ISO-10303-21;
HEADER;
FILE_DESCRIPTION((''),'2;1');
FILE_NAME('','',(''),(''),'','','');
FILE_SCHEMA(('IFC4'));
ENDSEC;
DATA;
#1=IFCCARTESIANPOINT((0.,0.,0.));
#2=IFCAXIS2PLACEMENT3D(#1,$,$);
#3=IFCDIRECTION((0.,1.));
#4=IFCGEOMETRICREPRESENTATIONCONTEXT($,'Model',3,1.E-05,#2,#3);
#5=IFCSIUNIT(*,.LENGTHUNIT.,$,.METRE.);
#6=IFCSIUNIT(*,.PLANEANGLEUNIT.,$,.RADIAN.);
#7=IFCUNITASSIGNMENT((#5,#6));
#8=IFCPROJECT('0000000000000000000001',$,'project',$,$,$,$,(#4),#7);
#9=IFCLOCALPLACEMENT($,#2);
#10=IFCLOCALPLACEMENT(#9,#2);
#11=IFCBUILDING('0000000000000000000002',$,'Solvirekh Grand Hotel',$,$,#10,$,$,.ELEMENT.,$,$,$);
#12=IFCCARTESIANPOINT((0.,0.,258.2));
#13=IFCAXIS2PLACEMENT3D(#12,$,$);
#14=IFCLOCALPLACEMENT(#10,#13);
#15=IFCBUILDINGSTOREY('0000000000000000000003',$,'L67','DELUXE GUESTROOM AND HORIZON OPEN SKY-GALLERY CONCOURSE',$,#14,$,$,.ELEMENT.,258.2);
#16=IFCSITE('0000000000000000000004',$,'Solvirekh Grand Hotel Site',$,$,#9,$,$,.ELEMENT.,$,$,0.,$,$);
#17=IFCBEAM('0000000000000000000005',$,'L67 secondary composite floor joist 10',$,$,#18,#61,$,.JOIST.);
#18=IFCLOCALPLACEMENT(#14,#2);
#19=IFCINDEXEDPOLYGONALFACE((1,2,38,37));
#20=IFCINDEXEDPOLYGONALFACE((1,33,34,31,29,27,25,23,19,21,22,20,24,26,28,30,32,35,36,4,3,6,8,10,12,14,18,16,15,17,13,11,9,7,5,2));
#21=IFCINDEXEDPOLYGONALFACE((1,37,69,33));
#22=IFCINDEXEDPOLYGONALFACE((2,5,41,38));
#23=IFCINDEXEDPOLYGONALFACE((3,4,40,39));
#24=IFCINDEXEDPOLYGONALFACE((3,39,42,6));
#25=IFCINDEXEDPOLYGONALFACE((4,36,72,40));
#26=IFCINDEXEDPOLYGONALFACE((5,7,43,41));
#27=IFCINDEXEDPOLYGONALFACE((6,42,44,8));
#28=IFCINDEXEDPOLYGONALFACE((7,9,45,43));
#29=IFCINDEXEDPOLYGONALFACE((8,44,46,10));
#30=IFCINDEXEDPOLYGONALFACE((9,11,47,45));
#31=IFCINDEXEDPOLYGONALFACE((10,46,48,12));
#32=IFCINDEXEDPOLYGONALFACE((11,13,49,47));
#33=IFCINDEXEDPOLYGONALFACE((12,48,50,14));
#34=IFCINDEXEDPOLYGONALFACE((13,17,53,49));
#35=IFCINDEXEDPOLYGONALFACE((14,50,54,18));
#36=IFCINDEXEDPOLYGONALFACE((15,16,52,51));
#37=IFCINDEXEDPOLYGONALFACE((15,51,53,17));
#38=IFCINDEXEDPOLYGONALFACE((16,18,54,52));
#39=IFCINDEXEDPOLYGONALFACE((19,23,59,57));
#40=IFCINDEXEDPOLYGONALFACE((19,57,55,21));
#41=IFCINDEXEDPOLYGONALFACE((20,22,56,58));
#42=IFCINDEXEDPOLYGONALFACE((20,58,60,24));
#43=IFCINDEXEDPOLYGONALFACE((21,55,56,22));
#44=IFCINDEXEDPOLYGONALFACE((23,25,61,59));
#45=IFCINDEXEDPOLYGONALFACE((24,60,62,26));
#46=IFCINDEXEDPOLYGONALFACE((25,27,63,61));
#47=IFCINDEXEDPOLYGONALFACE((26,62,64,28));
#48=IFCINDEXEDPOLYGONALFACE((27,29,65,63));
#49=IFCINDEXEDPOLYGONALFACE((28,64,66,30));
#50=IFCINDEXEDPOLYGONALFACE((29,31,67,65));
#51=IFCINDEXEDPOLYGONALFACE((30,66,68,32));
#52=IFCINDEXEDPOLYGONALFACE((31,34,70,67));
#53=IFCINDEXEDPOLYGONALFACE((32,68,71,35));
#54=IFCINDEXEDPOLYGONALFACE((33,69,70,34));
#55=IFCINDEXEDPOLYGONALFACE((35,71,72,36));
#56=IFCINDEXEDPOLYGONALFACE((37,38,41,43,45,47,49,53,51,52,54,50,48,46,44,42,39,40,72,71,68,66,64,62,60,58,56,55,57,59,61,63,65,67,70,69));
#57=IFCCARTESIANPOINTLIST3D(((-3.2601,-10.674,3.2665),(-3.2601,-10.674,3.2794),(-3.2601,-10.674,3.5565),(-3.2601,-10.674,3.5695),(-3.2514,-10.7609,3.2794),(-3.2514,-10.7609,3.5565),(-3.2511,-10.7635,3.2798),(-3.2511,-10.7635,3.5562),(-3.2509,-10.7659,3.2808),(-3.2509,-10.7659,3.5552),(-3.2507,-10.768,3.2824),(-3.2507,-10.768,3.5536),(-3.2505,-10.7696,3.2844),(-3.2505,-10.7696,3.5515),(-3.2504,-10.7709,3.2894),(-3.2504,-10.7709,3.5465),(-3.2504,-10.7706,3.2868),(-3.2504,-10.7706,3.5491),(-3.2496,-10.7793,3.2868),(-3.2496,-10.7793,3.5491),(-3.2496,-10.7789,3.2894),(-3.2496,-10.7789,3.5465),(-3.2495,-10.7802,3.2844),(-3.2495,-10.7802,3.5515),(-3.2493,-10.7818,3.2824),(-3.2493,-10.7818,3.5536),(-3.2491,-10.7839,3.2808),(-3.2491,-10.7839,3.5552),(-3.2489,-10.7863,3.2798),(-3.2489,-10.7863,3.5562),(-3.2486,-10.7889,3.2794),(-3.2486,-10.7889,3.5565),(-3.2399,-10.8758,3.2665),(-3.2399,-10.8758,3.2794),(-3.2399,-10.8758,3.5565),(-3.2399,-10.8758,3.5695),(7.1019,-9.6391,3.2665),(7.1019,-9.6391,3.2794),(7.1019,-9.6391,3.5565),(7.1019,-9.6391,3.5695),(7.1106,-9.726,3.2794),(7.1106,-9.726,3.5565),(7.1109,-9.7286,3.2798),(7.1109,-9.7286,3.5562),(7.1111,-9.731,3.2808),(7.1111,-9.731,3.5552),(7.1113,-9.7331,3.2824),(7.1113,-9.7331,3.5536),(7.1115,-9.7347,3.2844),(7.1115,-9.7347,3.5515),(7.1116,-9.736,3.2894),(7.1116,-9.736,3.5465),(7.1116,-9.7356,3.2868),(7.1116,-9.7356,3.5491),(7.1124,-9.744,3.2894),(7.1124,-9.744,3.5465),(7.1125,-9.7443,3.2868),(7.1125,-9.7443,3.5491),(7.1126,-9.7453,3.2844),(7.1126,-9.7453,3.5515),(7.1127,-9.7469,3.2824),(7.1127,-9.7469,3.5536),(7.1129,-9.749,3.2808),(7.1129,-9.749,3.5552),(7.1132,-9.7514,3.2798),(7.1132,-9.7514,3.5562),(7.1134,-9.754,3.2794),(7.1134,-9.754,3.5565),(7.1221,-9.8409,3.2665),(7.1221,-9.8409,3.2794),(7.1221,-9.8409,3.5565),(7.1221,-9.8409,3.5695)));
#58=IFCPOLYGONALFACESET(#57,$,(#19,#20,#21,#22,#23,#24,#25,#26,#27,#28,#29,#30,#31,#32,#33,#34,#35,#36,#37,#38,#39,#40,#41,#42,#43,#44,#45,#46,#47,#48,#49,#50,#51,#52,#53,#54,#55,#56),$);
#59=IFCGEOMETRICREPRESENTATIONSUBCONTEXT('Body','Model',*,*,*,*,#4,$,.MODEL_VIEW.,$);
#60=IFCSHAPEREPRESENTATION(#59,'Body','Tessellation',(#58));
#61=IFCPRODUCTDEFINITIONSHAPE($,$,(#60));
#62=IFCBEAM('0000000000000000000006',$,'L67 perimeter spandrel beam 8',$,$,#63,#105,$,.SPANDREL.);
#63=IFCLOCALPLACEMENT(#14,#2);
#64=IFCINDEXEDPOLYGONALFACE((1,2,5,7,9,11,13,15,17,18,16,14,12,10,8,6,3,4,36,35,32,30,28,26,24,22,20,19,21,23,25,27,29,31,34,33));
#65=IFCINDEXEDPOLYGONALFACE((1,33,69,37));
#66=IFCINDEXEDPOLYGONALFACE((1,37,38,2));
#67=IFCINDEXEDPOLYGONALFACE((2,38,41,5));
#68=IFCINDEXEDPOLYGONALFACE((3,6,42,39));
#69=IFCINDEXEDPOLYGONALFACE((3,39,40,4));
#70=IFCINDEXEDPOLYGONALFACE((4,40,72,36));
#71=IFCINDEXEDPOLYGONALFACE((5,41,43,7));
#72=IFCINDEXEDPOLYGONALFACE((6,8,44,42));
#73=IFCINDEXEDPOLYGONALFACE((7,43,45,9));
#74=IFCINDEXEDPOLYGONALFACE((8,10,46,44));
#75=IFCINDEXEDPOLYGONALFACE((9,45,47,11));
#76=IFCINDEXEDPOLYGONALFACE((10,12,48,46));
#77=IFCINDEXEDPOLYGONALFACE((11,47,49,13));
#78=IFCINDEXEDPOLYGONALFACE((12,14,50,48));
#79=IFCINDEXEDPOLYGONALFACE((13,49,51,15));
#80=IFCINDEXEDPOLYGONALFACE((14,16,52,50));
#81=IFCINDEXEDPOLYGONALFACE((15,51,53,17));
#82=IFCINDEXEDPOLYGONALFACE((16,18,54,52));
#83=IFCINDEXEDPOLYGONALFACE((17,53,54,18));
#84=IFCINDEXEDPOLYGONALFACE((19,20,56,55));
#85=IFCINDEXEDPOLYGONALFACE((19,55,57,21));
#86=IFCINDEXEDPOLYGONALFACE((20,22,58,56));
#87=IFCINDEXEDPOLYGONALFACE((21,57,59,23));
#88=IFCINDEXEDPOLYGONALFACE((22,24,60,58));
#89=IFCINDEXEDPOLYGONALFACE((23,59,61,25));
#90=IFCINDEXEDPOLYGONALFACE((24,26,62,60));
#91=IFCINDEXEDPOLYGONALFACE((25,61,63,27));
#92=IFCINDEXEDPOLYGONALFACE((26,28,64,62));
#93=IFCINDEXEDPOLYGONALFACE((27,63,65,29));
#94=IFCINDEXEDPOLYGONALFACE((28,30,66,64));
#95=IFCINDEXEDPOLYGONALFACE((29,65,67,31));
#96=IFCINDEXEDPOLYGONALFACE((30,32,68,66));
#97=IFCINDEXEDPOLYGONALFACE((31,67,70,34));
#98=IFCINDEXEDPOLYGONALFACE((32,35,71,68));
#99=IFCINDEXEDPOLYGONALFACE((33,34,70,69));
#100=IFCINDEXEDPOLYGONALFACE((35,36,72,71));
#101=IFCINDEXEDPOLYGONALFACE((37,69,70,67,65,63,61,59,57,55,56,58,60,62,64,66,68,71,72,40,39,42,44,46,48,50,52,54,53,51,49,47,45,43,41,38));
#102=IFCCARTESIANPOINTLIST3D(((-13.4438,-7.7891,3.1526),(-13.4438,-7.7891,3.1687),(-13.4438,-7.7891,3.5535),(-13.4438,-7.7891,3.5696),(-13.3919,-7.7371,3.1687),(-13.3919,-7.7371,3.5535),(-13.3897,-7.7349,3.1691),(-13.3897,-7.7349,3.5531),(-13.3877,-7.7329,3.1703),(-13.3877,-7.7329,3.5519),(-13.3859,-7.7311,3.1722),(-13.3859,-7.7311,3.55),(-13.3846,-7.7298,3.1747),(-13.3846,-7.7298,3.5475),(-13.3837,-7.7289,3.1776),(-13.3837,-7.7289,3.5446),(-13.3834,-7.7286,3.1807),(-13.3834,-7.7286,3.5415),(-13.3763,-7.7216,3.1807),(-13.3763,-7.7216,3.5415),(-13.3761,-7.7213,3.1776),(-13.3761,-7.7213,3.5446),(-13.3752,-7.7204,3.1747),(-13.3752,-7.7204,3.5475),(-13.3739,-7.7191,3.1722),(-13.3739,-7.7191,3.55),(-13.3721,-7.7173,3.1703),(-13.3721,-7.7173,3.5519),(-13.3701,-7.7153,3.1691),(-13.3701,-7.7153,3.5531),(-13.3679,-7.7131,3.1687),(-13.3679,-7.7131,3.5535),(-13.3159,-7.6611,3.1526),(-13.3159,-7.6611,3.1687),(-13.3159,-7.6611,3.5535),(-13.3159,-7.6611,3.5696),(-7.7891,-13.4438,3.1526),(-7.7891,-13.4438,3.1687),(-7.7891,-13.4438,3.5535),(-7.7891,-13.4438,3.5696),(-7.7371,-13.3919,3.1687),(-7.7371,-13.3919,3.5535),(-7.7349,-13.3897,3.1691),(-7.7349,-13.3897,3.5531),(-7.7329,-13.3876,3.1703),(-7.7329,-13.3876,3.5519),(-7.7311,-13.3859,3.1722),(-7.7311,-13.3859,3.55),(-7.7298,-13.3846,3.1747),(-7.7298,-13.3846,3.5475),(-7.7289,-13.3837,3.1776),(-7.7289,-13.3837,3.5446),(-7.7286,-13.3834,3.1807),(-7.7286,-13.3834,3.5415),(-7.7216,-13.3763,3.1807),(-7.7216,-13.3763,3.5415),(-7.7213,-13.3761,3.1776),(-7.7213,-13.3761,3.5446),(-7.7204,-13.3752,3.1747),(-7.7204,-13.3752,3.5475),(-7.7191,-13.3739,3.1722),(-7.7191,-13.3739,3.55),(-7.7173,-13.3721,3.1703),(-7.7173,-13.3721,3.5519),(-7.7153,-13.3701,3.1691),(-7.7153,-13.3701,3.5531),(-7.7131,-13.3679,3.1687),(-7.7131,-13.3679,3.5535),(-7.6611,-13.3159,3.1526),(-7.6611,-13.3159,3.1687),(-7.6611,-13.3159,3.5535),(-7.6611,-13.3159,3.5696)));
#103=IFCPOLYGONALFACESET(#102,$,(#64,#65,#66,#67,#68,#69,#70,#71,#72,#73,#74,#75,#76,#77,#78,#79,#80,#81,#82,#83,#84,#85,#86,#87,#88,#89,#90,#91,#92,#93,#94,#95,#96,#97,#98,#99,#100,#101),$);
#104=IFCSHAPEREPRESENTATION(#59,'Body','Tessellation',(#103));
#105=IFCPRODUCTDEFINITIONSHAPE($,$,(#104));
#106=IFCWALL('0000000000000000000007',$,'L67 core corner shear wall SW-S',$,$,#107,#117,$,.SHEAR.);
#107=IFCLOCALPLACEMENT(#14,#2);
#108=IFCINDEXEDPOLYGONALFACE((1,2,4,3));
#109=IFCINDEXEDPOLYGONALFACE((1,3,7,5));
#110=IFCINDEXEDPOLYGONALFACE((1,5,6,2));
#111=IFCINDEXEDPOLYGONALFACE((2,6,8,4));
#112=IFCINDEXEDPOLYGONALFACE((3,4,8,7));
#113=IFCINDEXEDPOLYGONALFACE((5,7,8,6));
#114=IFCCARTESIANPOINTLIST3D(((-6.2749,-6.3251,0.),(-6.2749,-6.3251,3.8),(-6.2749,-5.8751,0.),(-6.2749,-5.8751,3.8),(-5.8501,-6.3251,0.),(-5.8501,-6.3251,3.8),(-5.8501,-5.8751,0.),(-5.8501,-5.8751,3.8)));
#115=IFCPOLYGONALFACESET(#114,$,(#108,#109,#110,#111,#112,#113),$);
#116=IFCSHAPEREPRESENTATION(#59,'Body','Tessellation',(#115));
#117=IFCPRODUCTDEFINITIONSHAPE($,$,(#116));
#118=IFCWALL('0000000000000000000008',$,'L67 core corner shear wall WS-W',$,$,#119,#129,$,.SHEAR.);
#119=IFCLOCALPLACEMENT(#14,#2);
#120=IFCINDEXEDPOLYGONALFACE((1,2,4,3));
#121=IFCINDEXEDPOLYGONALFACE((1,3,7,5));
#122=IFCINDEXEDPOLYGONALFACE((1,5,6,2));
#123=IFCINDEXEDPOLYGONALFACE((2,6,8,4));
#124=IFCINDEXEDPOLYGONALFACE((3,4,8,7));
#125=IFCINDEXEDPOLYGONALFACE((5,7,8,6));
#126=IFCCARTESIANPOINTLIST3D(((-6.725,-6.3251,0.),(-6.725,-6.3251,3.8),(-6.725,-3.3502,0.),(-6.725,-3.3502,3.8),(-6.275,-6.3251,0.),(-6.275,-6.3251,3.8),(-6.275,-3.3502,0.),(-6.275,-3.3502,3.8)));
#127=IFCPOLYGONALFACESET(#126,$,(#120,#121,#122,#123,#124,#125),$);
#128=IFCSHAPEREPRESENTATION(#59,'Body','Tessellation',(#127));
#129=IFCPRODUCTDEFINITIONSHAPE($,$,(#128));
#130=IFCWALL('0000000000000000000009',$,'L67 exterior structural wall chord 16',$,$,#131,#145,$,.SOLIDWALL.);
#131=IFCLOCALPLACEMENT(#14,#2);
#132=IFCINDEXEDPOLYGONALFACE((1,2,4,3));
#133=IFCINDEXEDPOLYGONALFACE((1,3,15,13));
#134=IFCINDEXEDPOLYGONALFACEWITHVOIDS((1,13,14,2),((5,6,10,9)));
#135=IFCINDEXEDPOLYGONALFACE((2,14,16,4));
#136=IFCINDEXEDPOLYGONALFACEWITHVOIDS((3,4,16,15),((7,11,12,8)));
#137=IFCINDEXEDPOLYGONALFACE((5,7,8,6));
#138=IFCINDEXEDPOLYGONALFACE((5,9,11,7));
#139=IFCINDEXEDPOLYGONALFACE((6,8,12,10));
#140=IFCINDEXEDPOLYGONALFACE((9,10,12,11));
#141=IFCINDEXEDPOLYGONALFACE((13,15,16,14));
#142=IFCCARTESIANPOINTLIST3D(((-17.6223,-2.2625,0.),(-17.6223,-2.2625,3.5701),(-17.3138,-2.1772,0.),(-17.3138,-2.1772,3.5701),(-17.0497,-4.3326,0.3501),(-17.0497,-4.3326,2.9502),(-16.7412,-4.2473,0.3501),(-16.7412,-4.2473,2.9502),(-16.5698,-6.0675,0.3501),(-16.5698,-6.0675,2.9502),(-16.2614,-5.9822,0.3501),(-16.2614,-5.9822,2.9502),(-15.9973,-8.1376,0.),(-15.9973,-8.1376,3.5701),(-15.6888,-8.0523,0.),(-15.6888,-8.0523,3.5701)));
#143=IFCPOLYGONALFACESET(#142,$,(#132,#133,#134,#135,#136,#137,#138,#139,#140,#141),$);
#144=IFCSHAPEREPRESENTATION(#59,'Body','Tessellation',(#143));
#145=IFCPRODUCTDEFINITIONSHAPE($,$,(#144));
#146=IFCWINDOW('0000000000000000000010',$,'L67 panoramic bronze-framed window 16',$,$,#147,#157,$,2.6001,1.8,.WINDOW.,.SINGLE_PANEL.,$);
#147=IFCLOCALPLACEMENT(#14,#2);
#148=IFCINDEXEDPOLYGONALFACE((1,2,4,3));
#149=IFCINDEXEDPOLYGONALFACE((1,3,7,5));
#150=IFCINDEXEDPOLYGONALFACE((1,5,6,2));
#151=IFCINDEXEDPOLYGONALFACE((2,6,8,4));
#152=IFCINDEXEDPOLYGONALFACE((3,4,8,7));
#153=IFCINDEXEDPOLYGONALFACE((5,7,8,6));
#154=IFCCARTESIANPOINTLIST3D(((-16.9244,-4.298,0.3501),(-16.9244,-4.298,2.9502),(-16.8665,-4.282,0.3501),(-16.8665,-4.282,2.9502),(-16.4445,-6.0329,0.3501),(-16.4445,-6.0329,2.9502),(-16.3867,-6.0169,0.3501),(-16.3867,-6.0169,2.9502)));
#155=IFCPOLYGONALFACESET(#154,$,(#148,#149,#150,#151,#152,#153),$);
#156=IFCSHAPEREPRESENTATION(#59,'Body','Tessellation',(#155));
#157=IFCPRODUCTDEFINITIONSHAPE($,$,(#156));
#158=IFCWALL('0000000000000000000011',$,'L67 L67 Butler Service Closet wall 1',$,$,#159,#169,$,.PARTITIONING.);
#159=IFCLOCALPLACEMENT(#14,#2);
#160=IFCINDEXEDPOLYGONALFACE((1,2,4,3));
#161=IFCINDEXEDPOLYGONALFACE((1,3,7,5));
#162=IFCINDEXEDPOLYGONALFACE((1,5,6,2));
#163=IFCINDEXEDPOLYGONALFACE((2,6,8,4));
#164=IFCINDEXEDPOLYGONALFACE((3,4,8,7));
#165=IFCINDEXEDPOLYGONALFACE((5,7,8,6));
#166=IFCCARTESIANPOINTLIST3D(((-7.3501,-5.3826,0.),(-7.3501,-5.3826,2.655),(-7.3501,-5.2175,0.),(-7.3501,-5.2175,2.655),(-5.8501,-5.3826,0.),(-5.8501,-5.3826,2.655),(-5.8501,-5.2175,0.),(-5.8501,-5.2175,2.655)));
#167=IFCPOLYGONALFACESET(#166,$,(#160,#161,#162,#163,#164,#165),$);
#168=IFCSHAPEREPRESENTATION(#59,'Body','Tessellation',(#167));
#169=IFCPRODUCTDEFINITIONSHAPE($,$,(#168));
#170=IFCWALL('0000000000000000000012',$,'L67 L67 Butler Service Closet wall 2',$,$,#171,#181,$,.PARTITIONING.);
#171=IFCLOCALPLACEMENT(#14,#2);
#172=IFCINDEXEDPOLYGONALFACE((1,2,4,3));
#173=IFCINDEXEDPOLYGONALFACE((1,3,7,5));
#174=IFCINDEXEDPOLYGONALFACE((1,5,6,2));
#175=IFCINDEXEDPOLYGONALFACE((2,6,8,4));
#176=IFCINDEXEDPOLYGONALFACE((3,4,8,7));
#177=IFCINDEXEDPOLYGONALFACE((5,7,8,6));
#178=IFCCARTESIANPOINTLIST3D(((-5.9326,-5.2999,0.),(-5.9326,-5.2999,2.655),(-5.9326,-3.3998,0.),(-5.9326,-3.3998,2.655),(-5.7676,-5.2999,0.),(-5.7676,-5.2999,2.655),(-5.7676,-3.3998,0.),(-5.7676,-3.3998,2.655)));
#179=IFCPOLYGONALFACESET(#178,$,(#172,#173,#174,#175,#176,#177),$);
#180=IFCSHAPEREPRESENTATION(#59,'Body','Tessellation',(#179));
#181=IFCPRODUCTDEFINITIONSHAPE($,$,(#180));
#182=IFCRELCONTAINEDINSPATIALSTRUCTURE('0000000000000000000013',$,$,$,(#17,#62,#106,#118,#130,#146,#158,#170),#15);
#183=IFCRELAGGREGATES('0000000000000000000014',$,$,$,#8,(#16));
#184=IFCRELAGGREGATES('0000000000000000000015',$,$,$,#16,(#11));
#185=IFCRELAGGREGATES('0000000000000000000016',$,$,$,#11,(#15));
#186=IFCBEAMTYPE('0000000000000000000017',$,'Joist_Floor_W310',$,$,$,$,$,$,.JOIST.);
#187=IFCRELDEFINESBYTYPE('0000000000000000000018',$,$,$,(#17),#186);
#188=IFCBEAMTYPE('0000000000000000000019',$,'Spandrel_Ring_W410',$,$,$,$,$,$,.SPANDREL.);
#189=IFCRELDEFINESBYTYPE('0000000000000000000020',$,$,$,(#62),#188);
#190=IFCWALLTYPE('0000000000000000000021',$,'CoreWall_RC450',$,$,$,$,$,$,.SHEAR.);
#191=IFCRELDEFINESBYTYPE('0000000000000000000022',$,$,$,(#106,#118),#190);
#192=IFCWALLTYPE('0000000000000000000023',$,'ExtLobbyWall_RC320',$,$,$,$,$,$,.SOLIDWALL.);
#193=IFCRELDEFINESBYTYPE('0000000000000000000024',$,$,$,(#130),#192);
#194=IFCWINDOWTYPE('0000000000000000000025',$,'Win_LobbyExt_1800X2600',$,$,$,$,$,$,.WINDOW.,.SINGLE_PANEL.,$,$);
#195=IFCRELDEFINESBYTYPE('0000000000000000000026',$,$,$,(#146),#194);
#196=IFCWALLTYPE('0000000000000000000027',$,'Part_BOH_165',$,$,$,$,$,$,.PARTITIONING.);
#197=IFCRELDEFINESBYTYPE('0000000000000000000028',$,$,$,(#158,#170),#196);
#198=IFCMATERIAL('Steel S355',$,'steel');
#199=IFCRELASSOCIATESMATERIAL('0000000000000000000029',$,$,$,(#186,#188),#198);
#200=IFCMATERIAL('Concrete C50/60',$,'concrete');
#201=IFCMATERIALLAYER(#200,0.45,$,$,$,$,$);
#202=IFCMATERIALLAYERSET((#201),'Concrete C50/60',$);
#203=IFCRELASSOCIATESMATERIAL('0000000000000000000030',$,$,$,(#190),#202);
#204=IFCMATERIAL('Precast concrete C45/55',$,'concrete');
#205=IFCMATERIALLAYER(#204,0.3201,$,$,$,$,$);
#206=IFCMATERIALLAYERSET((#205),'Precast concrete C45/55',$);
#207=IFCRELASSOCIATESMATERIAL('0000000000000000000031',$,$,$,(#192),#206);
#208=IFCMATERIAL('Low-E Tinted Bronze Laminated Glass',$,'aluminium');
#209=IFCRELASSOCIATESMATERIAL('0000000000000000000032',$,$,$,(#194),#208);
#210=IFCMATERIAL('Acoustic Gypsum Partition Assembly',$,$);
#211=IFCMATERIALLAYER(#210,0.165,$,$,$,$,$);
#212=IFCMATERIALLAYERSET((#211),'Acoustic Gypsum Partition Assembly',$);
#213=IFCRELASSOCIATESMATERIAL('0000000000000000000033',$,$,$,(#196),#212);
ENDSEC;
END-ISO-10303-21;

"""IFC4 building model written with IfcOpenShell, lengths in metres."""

from ifc_helpers import new_model, si_unit, direction, frame, frame_2d, origin, origin_2d, place, context, subcontext, project, spatial, rectangle, i_section, extrude, material, layer, layer_set, material_profile, profile_set, type_object, element, fill, save


model = new_model("IFC4")

# Units and contexts
model_context = context("Model", 3, precision=1e-05, world=origin(), true_north=direction((0.0, 1.0)))
body_context = subcontext(model_context, "Body", "Model", "MODEL_VIEW")
ifc_project = project(units=[si_unit("LENGTHUNIT", "METRE"), si_unit("PLANEANGLEUNIT", "RADIAN")], contexts=[model_context])

# Site, building, storey
site_placement = place(None, origin())
site = spatial("IfcSite", under=ifc_project, at=site_placement, Name="Solvirekh Grand Hotel Site", CompositionType="ELEMENT", RefElevation=0.0)
building_placement = place(site_placement, origin())
building = spatial("IfcBuilding", under=site, at=building_placement, Name="Solvirekh Grand Hotel", CompositionType="ELEMENT")
storey_placement = place(building_placement, frame((0.0, 0.0, 258.2)))
storey = spatial("IfcBuildingStorey", under=building, at=storey_placement, Name="L67", Description="DELUXE GUESTROOM AND HORIZON OPEN SKY-GALLERY CONCOURSE", CompositionType="ELEMENT", Elevation=258.2)

# Shared definitions
ifc_material_1 = material(Name="Concrete C50/60", Category="concrete")

# Beams
ifc_material_2 = material(Name="Steel S355", Category="steel")
ifc_material_profile_1 = material_profile(ifc_material_2, i_section(OverallWidth=0.2029, OverallDepth=0.303, WebThickness=0.0081, FlangeThickness=0.0129, FilletRadius=0.01, at=origin_2d()), Name="W310X60")
ifc_profile_set_1 = profile_set([ifc_material_profile_1], Name="Steel S355")
beam_type_1 = type_object("IfcBeamType", Name="Joist_Floor_W310", PredefinedType="JOIST", material=ifc_profile_set_1)
beam_1_placement = place(storey_placement, frame((-3.25, -10.7749, 3.418), z_axis=(0.995049, 0.099381, 0.0), x_axis=(-0.099381, 0.995049, 0.0)))
element("IfcBeam", 1, at=beam_1_placement, inside=storey, type_object=beam_type_1, Name="L67 secondary composite floor joist 10", PredefinedType="JOIST", context=body_context, shape_type="SweptSolid", body=[
    extrude(i_section(OverallWidth=0.2029, OverallDepth=0.303, WebThickness=0.0081, FlangeThickness=0.0129, FilletRadius=0.01, at=origin_2d()), origin(), (0.0, 0.0, 1.0), 10.4136),
])
ifc_material_profile_2 = material_profile(ifc_material_2, i_section(OverallWidth=0.1809, OverallDepth=0.417, WebThickness=0.01, FlangeThickness=0.0161, FilletRadius=0.012, at=origin_2d()), Name="W410X85")
ifc_profile_set_2 = profile_set([ifc_material_profile_2], Name="Steel S355")
beam_type_2 = type_object("IfcBeamType", Name="Spandrel_Ring_W410", PredefinedType="SPANDREL", material=ifc_profile_set_2)
beam_2_placement = place(storey_placement, frame((-13.3799, -7.7251, 3.3611), z_axis=(0.707107, -0.707107, 0.0), x_axis=(0.707107, 0.707107, 0.0)))
element("IfcBeam", 2, at=beam_2_placement, inside=storey, type_object=beam_type_2, Name="L67 perimeter spandrel beam 8", PredefinedType="SPANDREL", context=body_context, shape_type="SweptSolid", body=[
    extrude(i_section(OverallWidth=0.1809, OverallDepth=0.417, WebThickness=0.01, FlangeThickness=0.0161, FilletRadius=0.012, at=origin_2d()), origin(), (0.0, 0.0, 1.0), 7.9971),
])

# Walls
ifc_layer_1 = layer(ifc_material_1, 0.45)
ifc_layer_set_1 = layer_set([ifc_layer_1], Name="Concrete C50/60")
wall_type_1 = type_object("IfcWallType", Name="CoreWall_RC450", PredefinedType="SHEAR", material=ifc_layer_set_1)
wall_1_placement = place(storey_placement, frame((-6.2749, -6.1001, 0.0), z_axis=(0.0, 0.0, 1.0), x_axis=(1.0, 0.0, 0.0)))
element("IfcWall", 3, at=wall_1_placement, inside=storey, type_object=wall_type_1, Name="L67 core corner shear wall SW-S", PredefinedType="SHEAR", context=body_context, shape_type="SweptSolid", body=[
    extrude(rectangle(XDim=0.4248, YDim=0.45, at=frame_2d((0.2124, 0.0))), origin(), (0.0, 0.0, 1.0), 3.8),
])
wall_2_placement = place(storey_placement, frame((-6.5, -6.325, 0.0), z_axis=(0.0, 0.0, 1.0), x_axis=(0.0, 1.0, 0.0)))
element("IfcWall", 4, at=wall_2_placement, inside=storey, type_object=wall_type_1, Name="L67 core corner shear wall WS-W", PredefinedType="SHEAR", context=body_context, shape_type="SweptSolid", body=[
    extrude(rectangle(XDim=2.9749, YDim=0.45, at=frame_2d((1.4873, 0.0))), origin(), (0.0, 0.0, 1.0), 3.8),
])

# Wall, opening, window
ifc_material_3 = material(Name="Precast concrete C45/55", Category="concrete")
ifc_layer_2 = layer(ifc_material_3, 0.3201)
ifc_layer_set_2 = layer_set([ifc_layer_2], Name="Precast concrete C45/55")
wall_type_2 = type_object("IfcWallType", Name="ExtLobbyWall_RC320", PredefinedType="SOLIDWALL", material=ifc_layer_set_2)
wall_3_placement = place(storey_placement, frame((-15.843, -8.095, 0.0), z_axis=(0.0, 0.0, 1.0), x_axis=(-0.266586, 0.963811, 0.0)))
wall_3 = element("IfcWall", 5, at=wall_3_placement, inside=storey, type_object=wall_type_2, Name="L67 exterior structural wall chord 16", PredefinedType="SOLIDWALL", context=body_context, shape_type="SweptSolid", body=[
    extrude(rectangle(XDim=6.0957, YDim=0.3201, at=frame_2d((3.0479, 0.0))), origin(), (0.0, 0.0, 1.0), 3.5701),
])
opening_1_placement = place(wall_3_placement, frame((2.1479, 0.0, 0.3501)))
opening_1 = element("IfcOpeningElement", 6, at=opening_1_placement, cuts=wall_3, PredefinedType="OPENING", context=body_context, shape_type="SweptSolid", body=[
    extrude(rectangle(XDim=1.8, YDim=2.6001, at=frame_2d((0.8999, 1.3))), frame((0.0, 0.1699, 0.0), z_axis=(0.0, -1.0, 0.0), x_axis=(1.0, 0.0, 0.0)), (0.0, 0.0, 1.0), 0.3401),
])
ifc_material_4 = material(Name="Low-E Tinted Bronze Laminated Glass", Category="aluminium")
window_type = type_object("IfcWindowType", Name="Win_LobbyExt_1800X2600", PartitioningType="SINGLE_PANEL", PredefinedType="WINDOW", material=ifc_material_4)
window_placement = place(opening_1_placement, origin())
window = element("IfcWindow", 7, at=window_placement, inside=storey, type_object=window_type, Name="L67 panoramic bronze-framed window 16", OverallHeight=2.6001, OverallWidth=1.8, PartitioningType="SINGLE_PANEL", PredefinedType="WINDOW", context=body_context, shape_type="SweptSolid", body=[
    extrude(rectangle(XDim=1.8, YDim=2.6001, at=frame_2d((0.8999, 1.3))), frame((0.0, 0.03, 0.0), z_axis=(0.0, -1.0, 0.0), x_axis=(1.0, 0.0, 0.0)), (0.0, 0.0, 1.0), 0.0601),
])
fill(opening_1, window)

# Walls
ifc_material_5 = material(Name="Acoustic Gypsum Partition Assembly")
ifc_layer_3 = layer(ifc_material_5, 0.165)
ifc_layer_set_3 = layer_set([ifc_layer_3], Name="Acoustic Gypsum Partition Assembly")
wall_type_3 = type_object("IfcWallType", Name="Part_BOH_165", PredefinedType="PARTITIONING", material=ifc_layer_set_3)
wall_4_placement = place(storey_placement, frame((-7.3501, -5.3, 0.0), z_axis=(0.0, 0.0, 1.0), x_axis=(1.0, 0.0, 0.0)))
element("IfcWall", 8, at=wall_4_placement, inside=storey, type_object=wall_type_3, Name="L67 L67 Butler Service Closet wall 1", PredefinedType="PARTITIONING", context=body_context, shape_type="SweptSolid", body=[
    extrude(rectangle(XDim=1.5, YDim=0.165, at=frame_2d((0.75, 0.0))), origin(), (0.0, 0.0, 1.0), 2.655),
])
wall_5_placement = place(storey_placement, frame((-5.8501, -5.3, 0.0), z_axis=(0.0, 0.0, 1.0), x_axis=(0.0, 1.0, 0.0)))
element("IfcWall", 9, at=wall_5_placement, inside=storey, type_object=wall_type_3, Name="L67 L67 Butler Service Closet wall 2", PredefinedType="PARTITIONING", context=body_context, shape_type="SweptSolid", body=[
    extrude(rectangle(XDim=1.9001, YDim=0.165, at=frame_2d((0.9502, 0.0))), origin(), (0.0, 0.0, 1.0), 2.655),
])

save(model, "model.ifc")
